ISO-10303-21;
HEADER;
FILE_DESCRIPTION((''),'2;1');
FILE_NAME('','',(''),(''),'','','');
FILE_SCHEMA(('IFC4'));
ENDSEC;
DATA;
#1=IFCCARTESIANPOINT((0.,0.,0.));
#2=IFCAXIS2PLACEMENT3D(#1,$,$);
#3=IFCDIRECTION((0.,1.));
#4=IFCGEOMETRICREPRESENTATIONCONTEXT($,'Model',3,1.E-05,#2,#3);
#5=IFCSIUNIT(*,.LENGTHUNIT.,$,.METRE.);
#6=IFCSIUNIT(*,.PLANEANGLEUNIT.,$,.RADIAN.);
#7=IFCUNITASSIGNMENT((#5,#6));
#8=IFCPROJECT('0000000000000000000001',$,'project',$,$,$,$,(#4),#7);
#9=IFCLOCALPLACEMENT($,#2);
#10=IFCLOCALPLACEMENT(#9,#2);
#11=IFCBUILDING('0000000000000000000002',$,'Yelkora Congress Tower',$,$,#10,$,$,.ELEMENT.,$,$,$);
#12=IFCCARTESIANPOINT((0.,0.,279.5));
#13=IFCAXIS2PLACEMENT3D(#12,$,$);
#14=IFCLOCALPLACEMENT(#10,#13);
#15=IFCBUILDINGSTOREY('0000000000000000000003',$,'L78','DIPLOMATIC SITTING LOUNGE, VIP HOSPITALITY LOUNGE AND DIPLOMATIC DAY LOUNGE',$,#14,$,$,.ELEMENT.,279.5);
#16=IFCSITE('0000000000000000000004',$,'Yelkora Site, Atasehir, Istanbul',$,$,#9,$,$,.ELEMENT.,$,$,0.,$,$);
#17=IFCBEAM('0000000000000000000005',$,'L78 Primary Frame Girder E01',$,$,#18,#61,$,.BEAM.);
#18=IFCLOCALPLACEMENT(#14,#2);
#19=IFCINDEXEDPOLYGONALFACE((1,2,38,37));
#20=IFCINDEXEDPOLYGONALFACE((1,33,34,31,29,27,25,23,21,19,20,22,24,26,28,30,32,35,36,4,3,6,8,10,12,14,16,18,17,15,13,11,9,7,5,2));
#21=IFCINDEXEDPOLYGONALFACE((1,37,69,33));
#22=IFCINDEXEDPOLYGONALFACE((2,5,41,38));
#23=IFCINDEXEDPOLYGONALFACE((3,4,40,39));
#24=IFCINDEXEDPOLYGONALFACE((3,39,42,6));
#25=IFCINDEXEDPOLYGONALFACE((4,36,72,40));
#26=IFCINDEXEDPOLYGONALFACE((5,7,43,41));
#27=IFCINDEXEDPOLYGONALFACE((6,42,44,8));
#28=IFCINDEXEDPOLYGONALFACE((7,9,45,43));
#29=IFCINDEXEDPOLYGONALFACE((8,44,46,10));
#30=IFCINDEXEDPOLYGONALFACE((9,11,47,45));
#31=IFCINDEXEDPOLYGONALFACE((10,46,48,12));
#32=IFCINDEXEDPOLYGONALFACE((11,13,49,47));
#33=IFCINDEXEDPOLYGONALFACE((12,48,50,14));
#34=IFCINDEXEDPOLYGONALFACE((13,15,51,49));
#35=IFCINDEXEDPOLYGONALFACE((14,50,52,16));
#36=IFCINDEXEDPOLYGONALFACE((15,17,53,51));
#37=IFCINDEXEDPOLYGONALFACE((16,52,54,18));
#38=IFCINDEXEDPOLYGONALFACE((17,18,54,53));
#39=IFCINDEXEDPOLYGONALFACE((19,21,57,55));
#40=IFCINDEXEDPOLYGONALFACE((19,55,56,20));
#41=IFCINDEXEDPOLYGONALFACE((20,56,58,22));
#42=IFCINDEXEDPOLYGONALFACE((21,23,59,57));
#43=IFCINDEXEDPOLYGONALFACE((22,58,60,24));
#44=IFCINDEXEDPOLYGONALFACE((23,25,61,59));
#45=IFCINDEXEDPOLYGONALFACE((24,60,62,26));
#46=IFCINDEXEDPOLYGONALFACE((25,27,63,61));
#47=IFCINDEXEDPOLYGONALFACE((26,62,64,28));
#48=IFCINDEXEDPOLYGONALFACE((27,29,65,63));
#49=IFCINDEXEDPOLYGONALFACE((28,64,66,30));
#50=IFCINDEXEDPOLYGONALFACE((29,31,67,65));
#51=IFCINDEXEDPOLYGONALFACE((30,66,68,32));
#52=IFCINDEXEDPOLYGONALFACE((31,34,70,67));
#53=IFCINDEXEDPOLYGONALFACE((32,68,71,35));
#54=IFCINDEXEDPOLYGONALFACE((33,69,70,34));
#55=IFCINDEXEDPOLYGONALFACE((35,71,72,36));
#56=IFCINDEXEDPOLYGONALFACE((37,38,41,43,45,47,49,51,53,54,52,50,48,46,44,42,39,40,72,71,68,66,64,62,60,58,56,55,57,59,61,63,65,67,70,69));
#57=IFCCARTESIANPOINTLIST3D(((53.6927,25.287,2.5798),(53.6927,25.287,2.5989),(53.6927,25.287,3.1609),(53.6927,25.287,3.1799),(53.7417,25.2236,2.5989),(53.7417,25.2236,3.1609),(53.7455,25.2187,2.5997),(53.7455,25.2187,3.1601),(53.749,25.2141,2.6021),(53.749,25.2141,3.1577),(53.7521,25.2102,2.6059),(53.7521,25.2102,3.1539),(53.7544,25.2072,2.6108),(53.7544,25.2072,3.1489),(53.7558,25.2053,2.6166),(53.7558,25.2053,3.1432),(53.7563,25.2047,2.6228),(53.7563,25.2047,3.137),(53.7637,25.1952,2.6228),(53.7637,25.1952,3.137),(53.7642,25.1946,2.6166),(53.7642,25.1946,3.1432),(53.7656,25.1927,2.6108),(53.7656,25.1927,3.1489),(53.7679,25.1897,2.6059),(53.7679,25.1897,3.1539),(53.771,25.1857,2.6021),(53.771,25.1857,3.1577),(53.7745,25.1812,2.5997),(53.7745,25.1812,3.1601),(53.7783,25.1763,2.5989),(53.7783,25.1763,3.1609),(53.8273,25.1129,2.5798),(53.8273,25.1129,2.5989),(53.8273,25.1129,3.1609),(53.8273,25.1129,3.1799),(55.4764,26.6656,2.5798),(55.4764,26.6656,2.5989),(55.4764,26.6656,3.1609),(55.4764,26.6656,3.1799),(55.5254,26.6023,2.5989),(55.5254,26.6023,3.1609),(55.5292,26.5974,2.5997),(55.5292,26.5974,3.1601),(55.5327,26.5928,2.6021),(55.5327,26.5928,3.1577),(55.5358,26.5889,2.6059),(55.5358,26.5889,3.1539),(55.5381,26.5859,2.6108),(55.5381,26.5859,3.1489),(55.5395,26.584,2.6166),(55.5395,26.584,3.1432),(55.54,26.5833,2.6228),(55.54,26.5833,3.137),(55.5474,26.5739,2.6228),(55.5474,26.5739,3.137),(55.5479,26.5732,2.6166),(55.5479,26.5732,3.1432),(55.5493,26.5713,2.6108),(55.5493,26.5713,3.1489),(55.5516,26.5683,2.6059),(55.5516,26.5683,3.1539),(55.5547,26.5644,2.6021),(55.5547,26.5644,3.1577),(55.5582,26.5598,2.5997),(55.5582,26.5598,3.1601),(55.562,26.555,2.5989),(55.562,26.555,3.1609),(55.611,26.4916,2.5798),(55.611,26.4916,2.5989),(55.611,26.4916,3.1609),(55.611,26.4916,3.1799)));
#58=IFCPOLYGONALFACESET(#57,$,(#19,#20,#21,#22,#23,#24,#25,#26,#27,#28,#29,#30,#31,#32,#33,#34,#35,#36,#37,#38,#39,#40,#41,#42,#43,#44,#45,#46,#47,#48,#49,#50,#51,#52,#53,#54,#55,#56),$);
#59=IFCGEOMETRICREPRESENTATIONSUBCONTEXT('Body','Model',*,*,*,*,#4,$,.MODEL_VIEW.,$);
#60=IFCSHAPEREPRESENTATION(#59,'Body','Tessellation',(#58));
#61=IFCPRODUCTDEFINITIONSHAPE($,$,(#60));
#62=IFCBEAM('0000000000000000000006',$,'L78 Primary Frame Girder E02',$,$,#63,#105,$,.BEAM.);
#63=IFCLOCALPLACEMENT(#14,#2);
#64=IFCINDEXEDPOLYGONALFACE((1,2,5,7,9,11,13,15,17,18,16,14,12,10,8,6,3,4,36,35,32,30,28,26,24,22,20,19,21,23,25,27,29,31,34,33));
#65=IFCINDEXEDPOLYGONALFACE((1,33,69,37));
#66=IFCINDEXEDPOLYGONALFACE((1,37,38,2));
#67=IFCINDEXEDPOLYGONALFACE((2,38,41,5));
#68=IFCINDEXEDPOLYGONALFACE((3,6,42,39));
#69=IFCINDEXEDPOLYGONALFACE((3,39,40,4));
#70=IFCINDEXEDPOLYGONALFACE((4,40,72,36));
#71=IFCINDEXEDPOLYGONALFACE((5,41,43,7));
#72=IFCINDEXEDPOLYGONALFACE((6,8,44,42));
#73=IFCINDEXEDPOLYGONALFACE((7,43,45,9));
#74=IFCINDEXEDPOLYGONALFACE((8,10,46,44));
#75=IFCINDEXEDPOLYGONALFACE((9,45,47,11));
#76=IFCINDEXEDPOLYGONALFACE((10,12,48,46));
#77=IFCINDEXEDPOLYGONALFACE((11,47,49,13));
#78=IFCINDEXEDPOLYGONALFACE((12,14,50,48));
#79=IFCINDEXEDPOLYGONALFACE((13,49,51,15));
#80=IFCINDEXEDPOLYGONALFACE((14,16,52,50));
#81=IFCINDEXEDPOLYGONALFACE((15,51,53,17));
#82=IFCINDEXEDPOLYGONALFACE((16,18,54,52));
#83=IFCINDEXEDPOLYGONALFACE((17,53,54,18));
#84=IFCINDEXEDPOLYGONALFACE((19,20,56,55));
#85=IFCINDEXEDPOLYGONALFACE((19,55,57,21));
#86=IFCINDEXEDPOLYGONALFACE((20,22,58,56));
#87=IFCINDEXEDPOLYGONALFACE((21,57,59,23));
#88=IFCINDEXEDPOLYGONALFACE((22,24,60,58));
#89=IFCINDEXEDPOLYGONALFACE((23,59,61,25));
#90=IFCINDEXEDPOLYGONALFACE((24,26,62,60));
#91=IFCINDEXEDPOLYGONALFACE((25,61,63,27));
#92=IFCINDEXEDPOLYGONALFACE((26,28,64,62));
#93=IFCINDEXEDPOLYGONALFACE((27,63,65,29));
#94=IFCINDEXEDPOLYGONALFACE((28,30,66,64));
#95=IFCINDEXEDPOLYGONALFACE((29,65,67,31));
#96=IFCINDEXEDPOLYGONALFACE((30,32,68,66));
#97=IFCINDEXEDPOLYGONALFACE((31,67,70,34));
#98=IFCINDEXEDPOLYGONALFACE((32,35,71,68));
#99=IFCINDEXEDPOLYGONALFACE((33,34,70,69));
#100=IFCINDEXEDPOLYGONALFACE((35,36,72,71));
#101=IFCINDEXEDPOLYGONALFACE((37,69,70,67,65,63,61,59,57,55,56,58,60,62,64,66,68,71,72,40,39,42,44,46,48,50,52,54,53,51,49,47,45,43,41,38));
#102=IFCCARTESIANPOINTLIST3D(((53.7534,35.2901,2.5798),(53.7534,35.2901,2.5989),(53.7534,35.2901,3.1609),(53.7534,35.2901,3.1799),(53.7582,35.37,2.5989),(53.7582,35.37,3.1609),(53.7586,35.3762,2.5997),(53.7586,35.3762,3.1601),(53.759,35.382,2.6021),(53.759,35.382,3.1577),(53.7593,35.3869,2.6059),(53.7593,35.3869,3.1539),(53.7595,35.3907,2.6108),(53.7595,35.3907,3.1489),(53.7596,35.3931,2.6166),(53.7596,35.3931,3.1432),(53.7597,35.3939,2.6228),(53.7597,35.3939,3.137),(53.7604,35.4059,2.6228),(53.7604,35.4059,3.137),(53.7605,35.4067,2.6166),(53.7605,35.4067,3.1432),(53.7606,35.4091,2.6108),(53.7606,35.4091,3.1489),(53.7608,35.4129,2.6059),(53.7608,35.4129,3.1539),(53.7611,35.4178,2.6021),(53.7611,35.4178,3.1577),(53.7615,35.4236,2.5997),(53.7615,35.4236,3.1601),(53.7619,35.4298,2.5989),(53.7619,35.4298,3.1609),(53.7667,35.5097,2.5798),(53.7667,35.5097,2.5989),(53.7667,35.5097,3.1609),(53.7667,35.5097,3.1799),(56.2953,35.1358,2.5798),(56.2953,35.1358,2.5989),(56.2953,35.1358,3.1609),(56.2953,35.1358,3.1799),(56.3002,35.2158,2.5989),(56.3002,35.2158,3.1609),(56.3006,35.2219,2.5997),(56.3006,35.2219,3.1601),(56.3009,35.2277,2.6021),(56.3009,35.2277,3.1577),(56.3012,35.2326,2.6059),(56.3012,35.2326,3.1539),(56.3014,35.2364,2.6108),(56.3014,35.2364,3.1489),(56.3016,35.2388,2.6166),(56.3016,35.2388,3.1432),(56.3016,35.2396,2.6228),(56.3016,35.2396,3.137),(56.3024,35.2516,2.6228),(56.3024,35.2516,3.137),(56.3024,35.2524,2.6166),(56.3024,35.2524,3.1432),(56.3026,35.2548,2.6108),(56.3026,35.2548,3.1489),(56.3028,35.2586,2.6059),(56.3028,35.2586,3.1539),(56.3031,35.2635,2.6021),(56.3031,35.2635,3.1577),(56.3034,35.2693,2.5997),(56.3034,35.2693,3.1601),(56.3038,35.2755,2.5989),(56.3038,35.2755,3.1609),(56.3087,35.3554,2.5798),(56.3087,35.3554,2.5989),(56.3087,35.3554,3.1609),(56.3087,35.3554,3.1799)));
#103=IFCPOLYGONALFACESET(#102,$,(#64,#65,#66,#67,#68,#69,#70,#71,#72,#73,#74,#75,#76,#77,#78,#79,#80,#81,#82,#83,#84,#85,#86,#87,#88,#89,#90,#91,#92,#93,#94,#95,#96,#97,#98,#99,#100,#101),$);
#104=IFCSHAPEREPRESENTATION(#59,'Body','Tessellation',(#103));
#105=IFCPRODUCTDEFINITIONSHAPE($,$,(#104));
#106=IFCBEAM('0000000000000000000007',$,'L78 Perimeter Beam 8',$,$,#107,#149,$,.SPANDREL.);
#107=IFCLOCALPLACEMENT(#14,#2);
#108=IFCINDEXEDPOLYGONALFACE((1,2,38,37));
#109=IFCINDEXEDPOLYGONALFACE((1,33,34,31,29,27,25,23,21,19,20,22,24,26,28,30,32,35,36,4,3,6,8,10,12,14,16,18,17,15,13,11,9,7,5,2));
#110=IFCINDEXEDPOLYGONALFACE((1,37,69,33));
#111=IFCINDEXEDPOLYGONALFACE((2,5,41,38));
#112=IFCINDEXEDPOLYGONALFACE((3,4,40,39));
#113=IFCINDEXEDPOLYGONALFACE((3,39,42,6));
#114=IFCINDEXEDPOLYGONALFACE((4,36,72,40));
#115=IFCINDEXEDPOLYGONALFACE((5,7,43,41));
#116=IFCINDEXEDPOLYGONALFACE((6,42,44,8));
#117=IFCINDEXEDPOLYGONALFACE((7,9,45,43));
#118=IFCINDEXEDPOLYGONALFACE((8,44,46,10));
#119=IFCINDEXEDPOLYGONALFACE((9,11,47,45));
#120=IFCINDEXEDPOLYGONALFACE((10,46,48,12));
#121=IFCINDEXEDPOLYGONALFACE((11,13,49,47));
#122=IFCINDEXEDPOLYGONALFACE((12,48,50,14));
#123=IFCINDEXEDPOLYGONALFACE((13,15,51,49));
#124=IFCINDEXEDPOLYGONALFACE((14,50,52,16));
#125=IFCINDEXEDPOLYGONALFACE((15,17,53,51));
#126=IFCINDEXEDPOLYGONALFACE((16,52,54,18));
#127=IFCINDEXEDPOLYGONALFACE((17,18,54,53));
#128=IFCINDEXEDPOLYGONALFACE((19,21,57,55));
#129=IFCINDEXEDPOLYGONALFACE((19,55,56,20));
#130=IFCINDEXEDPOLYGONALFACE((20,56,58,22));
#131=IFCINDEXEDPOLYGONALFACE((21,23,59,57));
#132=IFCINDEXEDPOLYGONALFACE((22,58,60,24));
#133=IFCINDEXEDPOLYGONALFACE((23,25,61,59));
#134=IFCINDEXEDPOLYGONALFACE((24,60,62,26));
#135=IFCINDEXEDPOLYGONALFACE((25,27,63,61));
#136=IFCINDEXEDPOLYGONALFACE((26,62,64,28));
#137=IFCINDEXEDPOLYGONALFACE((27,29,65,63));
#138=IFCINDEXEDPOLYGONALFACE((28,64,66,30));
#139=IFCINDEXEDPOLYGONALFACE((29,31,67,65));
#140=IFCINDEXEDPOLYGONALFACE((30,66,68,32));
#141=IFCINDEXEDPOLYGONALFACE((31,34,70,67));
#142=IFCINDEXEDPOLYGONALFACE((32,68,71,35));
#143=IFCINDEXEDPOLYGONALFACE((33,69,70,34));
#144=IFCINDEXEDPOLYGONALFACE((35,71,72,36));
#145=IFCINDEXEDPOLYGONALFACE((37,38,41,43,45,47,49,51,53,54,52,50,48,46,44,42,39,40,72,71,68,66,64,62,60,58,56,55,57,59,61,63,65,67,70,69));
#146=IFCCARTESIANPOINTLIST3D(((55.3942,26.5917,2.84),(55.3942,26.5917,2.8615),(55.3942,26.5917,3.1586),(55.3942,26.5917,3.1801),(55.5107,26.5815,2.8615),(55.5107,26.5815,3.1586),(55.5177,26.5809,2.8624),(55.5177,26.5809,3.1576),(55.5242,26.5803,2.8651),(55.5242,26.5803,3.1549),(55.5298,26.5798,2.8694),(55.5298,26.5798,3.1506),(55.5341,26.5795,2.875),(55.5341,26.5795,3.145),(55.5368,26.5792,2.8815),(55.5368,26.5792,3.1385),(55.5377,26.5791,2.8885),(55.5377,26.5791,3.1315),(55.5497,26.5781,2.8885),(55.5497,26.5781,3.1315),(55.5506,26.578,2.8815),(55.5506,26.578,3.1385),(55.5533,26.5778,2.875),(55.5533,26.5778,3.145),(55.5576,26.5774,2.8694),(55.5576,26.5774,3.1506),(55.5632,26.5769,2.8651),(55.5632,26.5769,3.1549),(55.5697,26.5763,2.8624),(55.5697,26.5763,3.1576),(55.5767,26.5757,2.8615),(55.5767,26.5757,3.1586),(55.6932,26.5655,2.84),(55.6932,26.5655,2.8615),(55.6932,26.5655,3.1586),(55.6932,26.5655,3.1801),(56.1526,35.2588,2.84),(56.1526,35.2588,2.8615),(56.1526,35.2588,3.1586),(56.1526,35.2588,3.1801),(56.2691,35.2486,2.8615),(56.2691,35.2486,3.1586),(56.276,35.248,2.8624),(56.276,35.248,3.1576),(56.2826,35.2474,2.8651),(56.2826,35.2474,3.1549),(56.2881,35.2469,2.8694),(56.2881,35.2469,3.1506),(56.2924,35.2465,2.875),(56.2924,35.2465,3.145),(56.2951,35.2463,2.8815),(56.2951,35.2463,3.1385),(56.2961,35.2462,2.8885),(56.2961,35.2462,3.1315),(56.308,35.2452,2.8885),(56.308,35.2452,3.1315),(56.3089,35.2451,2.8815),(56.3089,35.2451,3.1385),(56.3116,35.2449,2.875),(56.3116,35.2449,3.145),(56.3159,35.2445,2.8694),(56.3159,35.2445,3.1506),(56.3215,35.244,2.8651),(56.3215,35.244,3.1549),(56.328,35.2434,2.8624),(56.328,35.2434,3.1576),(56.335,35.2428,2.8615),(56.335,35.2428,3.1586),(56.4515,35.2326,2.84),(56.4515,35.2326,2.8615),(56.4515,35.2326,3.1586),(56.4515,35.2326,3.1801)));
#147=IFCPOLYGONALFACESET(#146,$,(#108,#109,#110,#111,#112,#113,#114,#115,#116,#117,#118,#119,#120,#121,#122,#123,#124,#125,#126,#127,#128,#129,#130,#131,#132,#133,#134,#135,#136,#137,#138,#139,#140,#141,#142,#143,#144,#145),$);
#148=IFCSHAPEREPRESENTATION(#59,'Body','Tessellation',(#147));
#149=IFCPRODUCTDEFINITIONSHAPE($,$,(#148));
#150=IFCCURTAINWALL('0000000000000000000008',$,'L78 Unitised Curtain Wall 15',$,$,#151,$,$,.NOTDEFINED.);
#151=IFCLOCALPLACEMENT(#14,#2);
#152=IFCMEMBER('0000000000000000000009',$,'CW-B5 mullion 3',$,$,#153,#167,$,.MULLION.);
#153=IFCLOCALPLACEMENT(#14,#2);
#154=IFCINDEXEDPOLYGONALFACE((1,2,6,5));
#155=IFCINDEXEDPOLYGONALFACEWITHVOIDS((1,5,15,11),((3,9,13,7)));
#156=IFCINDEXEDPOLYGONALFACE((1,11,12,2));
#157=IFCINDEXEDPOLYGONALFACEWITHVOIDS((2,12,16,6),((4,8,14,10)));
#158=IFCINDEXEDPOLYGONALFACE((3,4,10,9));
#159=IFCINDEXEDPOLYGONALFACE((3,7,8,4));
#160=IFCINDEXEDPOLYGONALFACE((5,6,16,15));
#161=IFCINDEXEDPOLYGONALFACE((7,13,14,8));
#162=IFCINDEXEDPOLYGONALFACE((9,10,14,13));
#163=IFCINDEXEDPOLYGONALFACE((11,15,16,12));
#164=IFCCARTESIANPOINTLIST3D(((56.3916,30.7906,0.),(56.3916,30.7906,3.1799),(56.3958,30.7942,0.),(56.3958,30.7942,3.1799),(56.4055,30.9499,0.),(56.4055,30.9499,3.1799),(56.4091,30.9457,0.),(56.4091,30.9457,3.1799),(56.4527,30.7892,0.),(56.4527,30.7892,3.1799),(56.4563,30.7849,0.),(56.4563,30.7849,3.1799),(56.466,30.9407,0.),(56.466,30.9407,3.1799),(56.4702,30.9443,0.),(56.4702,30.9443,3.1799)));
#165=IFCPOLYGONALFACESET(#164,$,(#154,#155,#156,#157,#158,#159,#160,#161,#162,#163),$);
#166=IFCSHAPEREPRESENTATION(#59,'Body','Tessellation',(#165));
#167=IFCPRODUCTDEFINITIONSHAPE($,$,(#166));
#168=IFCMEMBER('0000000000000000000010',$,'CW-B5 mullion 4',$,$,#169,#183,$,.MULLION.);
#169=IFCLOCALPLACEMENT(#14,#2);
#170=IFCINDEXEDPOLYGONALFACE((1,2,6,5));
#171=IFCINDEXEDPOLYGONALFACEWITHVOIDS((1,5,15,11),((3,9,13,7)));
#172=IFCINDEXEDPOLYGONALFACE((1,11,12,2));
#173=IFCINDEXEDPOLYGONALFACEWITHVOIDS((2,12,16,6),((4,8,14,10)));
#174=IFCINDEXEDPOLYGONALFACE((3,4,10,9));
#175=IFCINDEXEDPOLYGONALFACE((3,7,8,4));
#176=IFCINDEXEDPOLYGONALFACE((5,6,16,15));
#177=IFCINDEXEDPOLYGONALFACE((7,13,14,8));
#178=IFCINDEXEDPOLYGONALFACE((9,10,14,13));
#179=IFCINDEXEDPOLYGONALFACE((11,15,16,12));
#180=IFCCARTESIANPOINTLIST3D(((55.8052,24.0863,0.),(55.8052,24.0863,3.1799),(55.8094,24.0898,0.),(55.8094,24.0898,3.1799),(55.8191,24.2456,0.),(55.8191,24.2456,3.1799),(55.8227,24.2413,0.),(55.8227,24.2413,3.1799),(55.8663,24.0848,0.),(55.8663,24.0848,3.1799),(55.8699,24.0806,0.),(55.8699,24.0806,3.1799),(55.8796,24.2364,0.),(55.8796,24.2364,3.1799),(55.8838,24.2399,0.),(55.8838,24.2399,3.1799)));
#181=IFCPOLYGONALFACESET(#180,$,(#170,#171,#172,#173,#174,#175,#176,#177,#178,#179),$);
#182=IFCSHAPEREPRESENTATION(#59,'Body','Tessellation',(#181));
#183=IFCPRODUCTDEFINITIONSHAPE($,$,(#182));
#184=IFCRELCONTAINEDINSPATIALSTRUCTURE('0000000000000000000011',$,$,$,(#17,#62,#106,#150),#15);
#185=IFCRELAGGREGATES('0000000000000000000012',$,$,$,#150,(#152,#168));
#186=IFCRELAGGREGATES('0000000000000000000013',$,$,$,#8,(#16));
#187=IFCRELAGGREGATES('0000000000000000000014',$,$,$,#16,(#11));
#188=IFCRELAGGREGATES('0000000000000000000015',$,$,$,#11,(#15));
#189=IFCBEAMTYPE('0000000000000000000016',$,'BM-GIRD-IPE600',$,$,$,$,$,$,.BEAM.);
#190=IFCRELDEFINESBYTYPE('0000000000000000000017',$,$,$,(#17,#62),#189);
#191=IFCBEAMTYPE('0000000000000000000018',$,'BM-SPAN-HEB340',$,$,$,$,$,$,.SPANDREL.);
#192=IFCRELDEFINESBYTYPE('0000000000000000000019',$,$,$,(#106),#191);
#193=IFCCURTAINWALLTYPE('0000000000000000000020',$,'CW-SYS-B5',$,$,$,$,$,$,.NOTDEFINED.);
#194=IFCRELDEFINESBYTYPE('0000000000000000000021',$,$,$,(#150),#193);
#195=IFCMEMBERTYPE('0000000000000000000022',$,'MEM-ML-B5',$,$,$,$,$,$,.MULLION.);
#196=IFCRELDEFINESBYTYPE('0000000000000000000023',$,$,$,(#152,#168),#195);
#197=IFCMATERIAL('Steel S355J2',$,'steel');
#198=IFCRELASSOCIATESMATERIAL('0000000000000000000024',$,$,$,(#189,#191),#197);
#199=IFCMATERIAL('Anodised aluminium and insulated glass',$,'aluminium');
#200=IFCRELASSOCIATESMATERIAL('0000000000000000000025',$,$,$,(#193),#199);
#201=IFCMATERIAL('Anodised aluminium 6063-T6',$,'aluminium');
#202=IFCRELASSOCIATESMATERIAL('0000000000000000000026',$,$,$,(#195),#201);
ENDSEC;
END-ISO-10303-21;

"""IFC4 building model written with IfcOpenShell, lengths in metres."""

from ifc_helpers import new_model, si_unit, direction, frame, origin, origin_2d, place, context, subcontext, project, spatial, hollow_rectangle, i_section, extrude, material, material_profile, profile_set, type_object, element, aggregate, save


model = new_model("IFC4")

# Units and contexts
model_context = context("Model", 3, precision=1e-05, world=origin(), true_north=direction((0.0, 1.0)))
body_context = subcontext(model_context, "Body", "Model", "MODEL_VIEW")
ifc_project = project(units=[si_unit("LENGTHUNIT", "METRE"), si_unit("PLANEANGLEUNIT", "RADIAN")], contexts=[model_context])

# Site, building, storey
site_placement = place(None, origin())
site = spatial("IfcSite", under=ifc_project, at=site_placement, Name="Yelkora Site, Atasehir, Istanbul", CompositionType="ELEMENT", RefElevation=0.0)
building_placement = place(site_placement, origin())
building = spatial("IfcBuilding", under=site, at=building_placement, Name="Yelkora Congress Tower", CompositionType="ELEMENT")
storey_placement = place(building_placement, frame((0.0, 0.0, 279.5)))
storey = spatial("IfcBuildingStorey", under=building, at=storey_placement, Name="L78", Description="DIPLOMATIC SITTING LOUNGE, VIP HOSPITALITY LOUNGE AND DIPLOMATIC DAY LOUNGE", CompositionType="ELEMENT", Elevation=279.5)

# Shared definitions
ifc_material_1 = material(Name="Steel S355J2", Category="steel")

# Beams
ifc_material_profile_1 = material_profile(ifc_material_1, i_section(OverallWidth=0.22, OverallDepth=0.6001, WebThickness=0.012, FlangeThickness=0.019, FilletRadius=0.0239, at=origin_2d()), Name="IPE 600")
ifc_profile_set_1 = profile_set([ifc_material_profile_1], Name="Steel S355J2")
beam_type_1 = type_object("IfcBeamType", Name="BM-GIRD-IPE600", PredefinedType="BEAM", material=ifc_profile_set_1)
beam_1_placement = place(storey_placement, frame((55.5437, 26.5786, 2.8799), z_axis=(-0.791209, -0.611546, 0.0), x_axis=(0.611546, -0.791209, 0.0)))
element("IfcBeam", 1, at=beam_1_placement, inside=storey, type_object=beam_type_1, Name="L78 Primary Frame Girder E01", PredefinedType="BEAM", context=body_context, shape_type="SweptSolid", body=[
    extrude(i_section(OverallWidth=0.22, OverallDepth=0.6001, WebThickness=0.012, FlangeThickness=0.019, FilletRadius=0.0239, at=origin_2d()), origin(), (0.0, 0.0, 1.0), 2.2544),
])
beam_2_placement = place(storey_placement, frame((56.302, 35.2456, 2.8799), z_axis=(-0.998163, 0.060588, 0.0), x_axis=(-0.060588, -0.998163, 0.0)))
element("IfcBeam", 2, at=beam_2_placement, inside=storey, type_object=beam_type_1, Name="L78 Primary Frame Girder E02", PredefinedType="BEAM", context=body_context, shape_type="SweptSolid", body=[
    extrude(i_section(OverallWidth=0.22, OverallDepth=0.6001, WebThickness=0.012, FlangeThickness=0.019, FilletRadius=0.0239, at=origin_2d()), origin(), (0.0, 0.0, 1.0), 2.5466),
])
ifc_material_profile_2 = material_profile(ifc_material_1, i_section(OverallWidth=0.3, OverallDepth=0.3401, WebThickness=0.012, FlangeThickness=0.0215, FilletRadius=0.0271, at=origin_2d()), Name="HEB 340")
ifc_profile_set_2 = profile_set([ifc_material_profile_2], Name="Steel S355J2")
beam_type_2 = type_object("IfcBeamType", Name="BM-SPAN-HEB340", PredefinedType="SPANDREL", material=ifc_profile_set_2)
beam_3_placement = place(storey_placement, frame((55.5437, 26.5786, 3.01), z_axis=(0.08716, 0.996194, 0.0), x_axis=(-0.996194, 0.08716, 0.0)))
element("IfcBeam", 3, at=beam_3_placement, inside=storey, type_object=beam_type_2, Name="L78 Perimeter Beam 8", PredefinedType="SPANDREL", context=body_context, shape_type="SweptSolid", body=[
    extrude(i_section(OverallWidth=0.3, OverallDepth=0.3401, WebThickness=0.012, FlangeThickness=0.0215, FilletRadius=0.0271, at=origin_2d()), origin(), (0.0, 0.0, 1.0), 8.7002),
])

# Curtain wall, members
ifc_material_2 = material(Name="Anodised aluminium and insulated glass", Category="aluminium")
curtain_wall_type = type_object("IfcCurtainWallType", Name="CW-SYS-B5", PredefinedType="NOTDEFINED", material=ifc_material_2)
curtain_wall_placement = place(storey_placement, origin())
curtain_wall = element("IfcCurtainWall", 4, at=curtain_wall_placement, inside=storey, type_object=curtain_wall_type, Name="L78 Unitised Curtain Wall 15", PredefinedType="NOTDEFINED")
ifc_material_3 = material(Name="Anodised aluminium 6063-T6", Category="aluminium")
ifc_material_profile_3 = material_profile(ifc_material_3, hollow_rectangle(XDim=0.0649, YDim=0.1599, WallThickness=0.0039, at=origin_2d()), Name="ALU 65x160x4")
ifc_profile_set_3 = profile_set([ifc_material_profile_3], Name="Anodised aluminium 6063-T6")
member_type_1 = type_object("IfcMemberType", Name="MEM-ML-B5", PredefinedType="MULLION", material=ifc_profile_set_3)
member_1_placement = place(storey_placement, frame((56.4309, 30.8674, 0.0), z_axis=(0.0, 0.0, 1.0), x_axis=(0.996194, -0.087158, 0.0)))
member_1 = element("IfcMember", 5, at=member_1_placement, type_object=member_type_1, Name="CW-B5 mullion 3", PredefinedType="MULLION", context=body_context, shape_type="SweptSolid", body=[
    extrude(hollow_rectangle(XDim=0.0649, YDim=0.1599, WallThickness=0.0039, at=origin_2d()), origin(), (0.0, 0.0, 1.0), 3.1799),
])
member_2_placement = place(storey_placement, frame((55.8445, 24.1631, 0.0), z_axis=(0.0, 0.0, 1.0), x_axis=(0.996194, -0.087158, 0.0)))
member_2 = element("IfcMember", 6, at=member_2_placement, type_object=member_type_1, Name="CW-B5 mullion 4", PredefinedType="MULLION", context=body_context, shape_type="SweptSolid", body=[
    extrude(hollow_rectangle(XDim=0.0649, YDim=0.1599, WallThickness=0.0039, at=origin_2d()), origin(), (0.0, 0.0, 1.0), 3.1799),
])
aggregate(curtain_wall, [member_1, member_2])

save(model, "model.ifc")
